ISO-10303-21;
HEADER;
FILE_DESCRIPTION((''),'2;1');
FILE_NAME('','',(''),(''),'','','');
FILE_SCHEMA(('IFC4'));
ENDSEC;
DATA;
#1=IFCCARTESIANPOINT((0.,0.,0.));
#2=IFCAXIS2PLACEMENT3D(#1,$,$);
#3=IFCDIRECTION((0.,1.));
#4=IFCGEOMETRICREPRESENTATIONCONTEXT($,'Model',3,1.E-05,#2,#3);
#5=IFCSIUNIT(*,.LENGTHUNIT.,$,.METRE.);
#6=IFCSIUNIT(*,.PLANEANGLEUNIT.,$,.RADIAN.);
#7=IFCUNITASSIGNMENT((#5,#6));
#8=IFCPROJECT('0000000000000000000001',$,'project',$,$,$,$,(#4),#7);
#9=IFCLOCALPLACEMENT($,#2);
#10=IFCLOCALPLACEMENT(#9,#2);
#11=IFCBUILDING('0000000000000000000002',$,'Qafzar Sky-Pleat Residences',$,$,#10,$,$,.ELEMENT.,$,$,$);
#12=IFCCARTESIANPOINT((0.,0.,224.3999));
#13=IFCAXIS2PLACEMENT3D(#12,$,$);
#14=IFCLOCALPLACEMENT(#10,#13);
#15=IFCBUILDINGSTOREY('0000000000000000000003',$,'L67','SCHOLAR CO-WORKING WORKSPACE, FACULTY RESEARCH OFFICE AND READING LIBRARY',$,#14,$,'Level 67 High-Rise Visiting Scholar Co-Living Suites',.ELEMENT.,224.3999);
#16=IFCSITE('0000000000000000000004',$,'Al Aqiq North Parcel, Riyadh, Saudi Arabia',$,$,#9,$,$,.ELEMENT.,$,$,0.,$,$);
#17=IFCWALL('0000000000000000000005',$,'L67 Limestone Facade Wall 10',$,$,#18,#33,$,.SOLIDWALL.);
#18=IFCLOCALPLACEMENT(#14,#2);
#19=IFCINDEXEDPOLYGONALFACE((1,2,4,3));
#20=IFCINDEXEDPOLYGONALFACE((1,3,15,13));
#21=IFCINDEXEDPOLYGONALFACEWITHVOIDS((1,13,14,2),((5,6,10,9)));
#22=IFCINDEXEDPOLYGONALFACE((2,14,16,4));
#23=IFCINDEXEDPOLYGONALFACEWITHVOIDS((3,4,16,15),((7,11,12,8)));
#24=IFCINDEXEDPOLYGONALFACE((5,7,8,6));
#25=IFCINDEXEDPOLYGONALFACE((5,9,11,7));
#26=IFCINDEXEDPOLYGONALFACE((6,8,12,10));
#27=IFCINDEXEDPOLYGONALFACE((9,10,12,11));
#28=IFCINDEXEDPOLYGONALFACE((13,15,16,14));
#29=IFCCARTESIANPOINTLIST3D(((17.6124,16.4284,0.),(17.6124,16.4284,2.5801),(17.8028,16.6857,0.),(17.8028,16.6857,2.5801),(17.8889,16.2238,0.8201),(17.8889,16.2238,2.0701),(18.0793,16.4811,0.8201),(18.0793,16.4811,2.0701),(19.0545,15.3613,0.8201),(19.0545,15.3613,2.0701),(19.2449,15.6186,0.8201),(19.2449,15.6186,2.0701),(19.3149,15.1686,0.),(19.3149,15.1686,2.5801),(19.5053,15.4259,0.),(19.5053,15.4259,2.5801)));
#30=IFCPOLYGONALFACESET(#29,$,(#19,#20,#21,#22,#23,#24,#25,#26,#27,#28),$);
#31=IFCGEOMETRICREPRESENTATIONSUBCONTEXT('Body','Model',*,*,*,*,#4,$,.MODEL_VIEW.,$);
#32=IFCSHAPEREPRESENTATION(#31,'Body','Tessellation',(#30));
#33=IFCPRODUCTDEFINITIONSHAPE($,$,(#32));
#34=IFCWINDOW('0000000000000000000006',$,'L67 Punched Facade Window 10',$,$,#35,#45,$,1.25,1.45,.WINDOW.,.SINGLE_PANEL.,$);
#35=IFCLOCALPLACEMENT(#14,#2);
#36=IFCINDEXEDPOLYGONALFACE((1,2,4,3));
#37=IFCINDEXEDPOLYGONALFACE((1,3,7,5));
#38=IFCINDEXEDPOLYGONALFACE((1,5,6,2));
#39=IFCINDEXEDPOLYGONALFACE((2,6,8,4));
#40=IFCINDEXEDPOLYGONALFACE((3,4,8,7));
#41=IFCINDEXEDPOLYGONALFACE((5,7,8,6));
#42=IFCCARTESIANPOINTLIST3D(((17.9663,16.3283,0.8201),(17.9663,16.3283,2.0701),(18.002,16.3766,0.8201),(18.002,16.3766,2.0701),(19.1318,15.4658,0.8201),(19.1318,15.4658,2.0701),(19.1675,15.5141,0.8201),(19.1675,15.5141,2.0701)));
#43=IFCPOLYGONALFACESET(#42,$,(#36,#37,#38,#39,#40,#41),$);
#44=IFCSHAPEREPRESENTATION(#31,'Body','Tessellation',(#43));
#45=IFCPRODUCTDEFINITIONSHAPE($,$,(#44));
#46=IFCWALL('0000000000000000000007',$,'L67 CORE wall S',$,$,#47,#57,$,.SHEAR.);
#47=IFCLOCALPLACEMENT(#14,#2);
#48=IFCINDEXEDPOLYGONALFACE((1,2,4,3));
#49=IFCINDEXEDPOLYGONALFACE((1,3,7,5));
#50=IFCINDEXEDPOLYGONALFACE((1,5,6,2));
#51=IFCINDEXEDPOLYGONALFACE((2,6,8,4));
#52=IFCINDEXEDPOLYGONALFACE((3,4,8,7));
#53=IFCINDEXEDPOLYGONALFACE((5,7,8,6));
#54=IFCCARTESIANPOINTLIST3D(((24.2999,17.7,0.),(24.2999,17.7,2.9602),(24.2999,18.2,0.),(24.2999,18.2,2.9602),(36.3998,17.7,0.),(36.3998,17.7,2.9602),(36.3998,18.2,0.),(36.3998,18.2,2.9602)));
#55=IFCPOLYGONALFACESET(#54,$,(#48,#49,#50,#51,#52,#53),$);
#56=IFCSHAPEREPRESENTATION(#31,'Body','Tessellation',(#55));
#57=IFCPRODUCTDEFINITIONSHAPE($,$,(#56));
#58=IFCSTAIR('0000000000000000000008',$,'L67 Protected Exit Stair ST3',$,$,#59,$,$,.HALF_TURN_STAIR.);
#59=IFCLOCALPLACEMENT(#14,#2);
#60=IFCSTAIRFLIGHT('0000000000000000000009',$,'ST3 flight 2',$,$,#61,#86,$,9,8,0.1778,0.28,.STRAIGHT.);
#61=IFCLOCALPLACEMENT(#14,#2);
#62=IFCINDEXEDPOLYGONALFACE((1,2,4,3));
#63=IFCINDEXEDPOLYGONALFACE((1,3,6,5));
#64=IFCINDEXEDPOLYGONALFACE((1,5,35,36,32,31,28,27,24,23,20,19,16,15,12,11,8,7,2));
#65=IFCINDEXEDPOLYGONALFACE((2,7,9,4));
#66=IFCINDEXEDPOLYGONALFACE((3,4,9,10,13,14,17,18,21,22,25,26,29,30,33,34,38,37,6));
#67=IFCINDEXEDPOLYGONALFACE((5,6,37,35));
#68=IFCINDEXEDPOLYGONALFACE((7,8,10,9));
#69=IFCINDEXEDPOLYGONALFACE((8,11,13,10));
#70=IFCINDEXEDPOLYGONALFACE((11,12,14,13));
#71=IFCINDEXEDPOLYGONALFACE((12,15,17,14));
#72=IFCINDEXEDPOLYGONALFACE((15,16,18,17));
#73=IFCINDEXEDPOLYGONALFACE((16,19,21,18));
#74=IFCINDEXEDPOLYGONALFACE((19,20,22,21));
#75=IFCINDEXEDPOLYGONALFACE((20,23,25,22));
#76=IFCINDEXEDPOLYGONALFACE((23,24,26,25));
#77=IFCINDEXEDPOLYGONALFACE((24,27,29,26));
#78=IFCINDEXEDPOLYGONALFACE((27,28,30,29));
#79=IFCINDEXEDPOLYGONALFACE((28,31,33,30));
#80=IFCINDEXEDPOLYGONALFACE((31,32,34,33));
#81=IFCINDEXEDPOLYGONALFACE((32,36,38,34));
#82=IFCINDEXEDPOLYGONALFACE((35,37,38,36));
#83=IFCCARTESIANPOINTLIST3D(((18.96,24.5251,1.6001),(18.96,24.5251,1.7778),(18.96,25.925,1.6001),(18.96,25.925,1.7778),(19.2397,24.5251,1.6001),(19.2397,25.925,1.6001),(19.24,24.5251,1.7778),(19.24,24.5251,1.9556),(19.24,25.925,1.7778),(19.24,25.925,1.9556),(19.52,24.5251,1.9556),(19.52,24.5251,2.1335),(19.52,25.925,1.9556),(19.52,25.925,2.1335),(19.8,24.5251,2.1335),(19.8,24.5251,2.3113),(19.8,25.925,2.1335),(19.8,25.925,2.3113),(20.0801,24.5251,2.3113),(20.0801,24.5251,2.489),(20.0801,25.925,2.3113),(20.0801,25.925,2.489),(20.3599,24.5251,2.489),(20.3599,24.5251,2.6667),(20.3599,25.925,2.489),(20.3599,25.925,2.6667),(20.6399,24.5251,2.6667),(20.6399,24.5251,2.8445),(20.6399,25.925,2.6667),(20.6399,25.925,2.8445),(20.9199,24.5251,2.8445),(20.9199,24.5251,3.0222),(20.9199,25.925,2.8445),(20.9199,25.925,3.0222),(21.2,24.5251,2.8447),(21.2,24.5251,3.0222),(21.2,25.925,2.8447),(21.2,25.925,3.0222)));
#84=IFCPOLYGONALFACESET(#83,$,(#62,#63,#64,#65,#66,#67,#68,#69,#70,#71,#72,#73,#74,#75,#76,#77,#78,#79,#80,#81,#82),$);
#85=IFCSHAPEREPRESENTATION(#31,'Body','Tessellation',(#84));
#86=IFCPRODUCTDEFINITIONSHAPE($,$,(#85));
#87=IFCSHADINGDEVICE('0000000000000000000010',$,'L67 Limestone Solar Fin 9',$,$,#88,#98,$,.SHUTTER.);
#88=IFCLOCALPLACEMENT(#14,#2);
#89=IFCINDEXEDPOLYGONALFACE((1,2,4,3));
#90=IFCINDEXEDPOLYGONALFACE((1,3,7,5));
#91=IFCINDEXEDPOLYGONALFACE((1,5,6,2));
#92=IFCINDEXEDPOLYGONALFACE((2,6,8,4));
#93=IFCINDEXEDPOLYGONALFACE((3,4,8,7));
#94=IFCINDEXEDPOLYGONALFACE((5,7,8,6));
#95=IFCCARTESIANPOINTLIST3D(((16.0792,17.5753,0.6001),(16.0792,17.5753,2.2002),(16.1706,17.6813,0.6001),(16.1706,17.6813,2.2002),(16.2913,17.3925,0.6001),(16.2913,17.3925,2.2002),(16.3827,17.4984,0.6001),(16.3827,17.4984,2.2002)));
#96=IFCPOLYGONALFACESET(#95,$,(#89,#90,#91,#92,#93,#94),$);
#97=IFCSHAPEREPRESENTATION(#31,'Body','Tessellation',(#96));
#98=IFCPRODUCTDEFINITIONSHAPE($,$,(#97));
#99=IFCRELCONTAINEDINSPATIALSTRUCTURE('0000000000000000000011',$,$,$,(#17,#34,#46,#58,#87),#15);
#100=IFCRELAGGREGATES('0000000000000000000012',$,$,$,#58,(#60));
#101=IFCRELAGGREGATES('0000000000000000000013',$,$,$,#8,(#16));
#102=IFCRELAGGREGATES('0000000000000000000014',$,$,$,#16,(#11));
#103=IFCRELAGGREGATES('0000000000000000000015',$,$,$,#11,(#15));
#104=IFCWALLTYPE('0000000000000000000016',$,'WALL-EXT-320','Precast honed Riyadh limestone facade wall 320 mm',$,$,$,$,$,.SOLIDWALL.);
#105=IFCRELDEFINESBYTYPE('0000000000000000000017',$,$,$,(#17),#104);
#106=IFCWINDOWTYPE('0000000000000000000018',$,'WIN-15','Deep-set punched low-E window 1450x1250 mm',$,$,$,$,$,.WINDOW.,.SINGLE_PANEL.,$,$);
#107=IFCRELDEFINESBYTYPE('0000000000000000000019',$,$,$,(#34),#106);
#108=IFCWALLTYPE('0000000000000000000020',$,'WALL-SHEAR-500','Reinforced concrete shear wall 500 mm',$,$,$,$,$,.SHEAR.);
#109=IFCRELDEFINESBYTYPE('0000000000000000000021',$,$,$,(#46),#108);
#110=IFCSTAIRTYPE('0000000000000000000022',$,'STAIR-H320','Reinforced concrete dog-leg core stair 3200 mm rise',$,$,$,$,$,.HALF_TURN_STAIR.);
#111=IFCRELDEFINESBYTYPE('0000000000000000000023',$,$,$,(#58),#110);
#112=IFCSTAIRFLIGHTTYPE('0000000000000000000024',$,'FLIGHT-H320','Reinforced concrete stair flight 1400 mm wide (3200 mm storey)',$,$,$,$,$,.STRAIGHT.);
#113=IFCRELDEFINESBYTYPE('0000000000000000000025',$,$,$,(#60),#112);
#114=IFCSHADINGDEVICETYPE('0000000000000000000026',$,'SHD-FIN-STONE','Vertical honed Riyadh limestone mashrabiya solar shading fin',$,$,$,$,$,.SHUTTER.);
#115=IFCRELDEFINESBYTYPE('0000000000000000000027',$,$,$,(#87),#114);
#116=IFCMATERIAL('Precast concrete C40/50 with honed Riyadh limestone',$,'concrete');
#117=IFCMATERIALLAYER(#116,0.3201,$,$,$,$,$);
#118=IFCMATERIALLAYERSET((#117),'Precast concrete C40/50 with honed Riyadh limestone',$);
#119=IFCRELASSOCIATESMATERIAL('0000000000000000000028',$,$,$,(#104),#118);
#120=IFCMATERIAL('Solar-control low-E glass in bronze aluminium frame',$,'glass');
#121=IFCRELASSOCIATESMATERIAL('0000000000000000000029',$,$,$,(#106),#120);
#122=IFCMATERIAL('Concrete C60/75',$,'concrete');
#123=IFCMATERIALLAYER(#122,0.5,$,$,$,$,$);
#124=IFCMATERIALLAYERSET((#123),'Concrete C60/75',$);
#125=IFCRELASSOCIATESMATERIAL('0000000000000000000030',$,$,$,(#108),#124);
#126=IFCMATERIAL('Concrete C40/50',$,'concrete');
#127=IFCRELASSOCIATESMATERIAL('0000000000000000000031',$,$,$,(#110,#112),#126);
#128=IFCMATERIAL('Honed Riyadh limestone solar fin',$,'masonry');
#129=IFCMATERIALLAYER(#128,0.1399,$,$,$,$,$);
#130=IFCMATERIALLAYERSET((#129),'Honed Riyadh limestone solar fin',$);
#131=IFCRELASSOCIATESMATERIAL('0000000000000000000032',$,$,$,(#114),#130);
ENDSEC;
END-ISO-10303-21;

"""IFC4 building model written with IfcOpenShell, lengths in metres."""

from ifc_helpers import new_model, si_unit, direction, frame, frame_2d, origin, origin_2d, place, context, subcontext, project, spatial, polyline, rectangle, outline, extrude, source, transform, mapped, material, layer, layer_set, type_object, element, fill, aggregate, save


model = new_model("IFC4")

# Units and contexts
model_context = context("Model", 3, precision=1e-05, world=origin(), true_north=direction((0.0, 1.0)))
body_context = subcontext(model_context, "Body", "Model", "MODEL_VIEW")
ifc_project = project(units=[si_unit("LENGTHUNIT", "METRE"), si_unit("PLANEANGLEUNIT", "RADIAN")], contexts=[model_context])

# Site, building, storey
site_placement = place(None, origin())
site = spatial("IfcSite", under=ifc_project, at=site_placement, Name="Al Aqiq North Parcel, Riyadh, Saudi Arabia", CompositionType="ELEMENT", RefElevation=0.0)
building_placement = place(site_placement, origin())
building = spatial("IfcBuilding", under=site, at=building_placement, Name="Qafzar Sky-Pleat Residences", CompositionType="ELEMENT")
storey_placement = place(building_placement, frame((0.0, 0.0, 224.3999)))
storey = spatial("IfcBuildingStorey", under=building, at=storey_placement, Name="L67", Description="SCHOLAR CO-WORKING WORKSPACE, FACULTY RESEARCH OFFICE AND READING LIBRARY", LongName="Level 67 High-Rise Visiting Scholar Co-Living Suites", CompositionType="ELEMENT", Elevation=224.3999)

# Wall, opening, window
ifc_material_1 = material(Name="Precast concrete C40/50 with honed Riyadh limestone", Category="concrete")
ifc_layer_1 = layer(ifc_material_1, 0.3201)
ifc_layer_set_1 = layer_set([ifc_layer_1], Name="Precast concrete C40/50 with honed Riyadh limestone")
wall_type_1 = type_object("IfcWallType", Name="WALL-EXT-320", Description="Precast honed Riyadh limestone facade wall 320 mm", PredefinedType="SOLIDWALL", material=ifc_layer_set_1)
ifc_material_2 = material(Name="Solar-control low-E glass in bronze aluminium frame", Category="glass")
wall_1_placement = place(storey_placement, frame((17.7075, 16.5571, 0.0), z_axis=(0.0, 0.0, 1.0), x_axis=(0.803843, -0.594842, 0.0)))
wall_1 = element("IfcWall", 1, at=wall_1_placement, inside=storey, type_object=wall_type_1, Name="L67 Limestone Facade Wall 10", PredefinedType="SOLIDWALL", context=body_context, shape_type="SweptSolid", body=[
    extrude(rectangle(XDim=2.1179, YDim=0.3201, at=frame_2d((1.0591, 0.0))), origin(), (0.0, 0.0, 1.0), 2.5801),
])
opening_1_placement = place(wall_1_placement, frame((0.344, 0.0, 0.8201)))
opening_1 = element("IfcOpeningElement", 2, at=opening_1_placement, cuts=wall_1, PredefinedType="OPENING", context=body_context, shape_type="SweptSolid", body=[
    extrude(rectangle(XDim=1.45, YDim=1.25, at=frame_2d((0.7251, 0.625))), frame((0.0, 0.1699, 0.0), z_axis=(0.0, -1.0, 0.0), x_axis=(1.0, 0.0, 0.0)), (0.0, 0.0, 1.0), 0.3401),
])
window_type_1 = type_object("IfcWindowType", Name="WIN-15", Description="Deep-set punched low-E window 1450x1250 mm", PartitioningType="SINGLE_PANEL", PredefinedType="WINDOW", material=ifc_material_2)
shared_shape_1 = source(origin(), body_context, "Body", "SweptSolid", [
    extrude(rectangle(XDim=1.45, YDim=1.25, at=frame_2d((0.7251, 0.625))), frame((0.0, 0.03, 0.0), z_axis=(0.0, -1.0, 0.0), x_axis=(1.0, 0.0, 0.0)), (0.0, 0.0, 1.0), 0.0601),
])
window_1_placement = place(opening_1_placement, origin())
window_1 = element("IfcWindow", 3, at=window_1_placement, inside=storey, type_object=window_type_1, Name="L67 Punched Facade Window 10", OverallHeight=1.25, OverallWidth=1.45, PartitioningType="SINGLE_PANEL", PredefinedType="WINDOW", context=body_context, shape_type="MappedRepresentation", body=[
    mapped(shared_shape_1, transform((0.0, 0.0, 0.0), x_axis=(1.0, 0.0, 0.0), y_axis=(0.0, 1.0, 0.0), z_axis=(0.0, 0.0, 1.0), scale=1.0)),
])
fill(opening_1, window_1)

# Shared definitions
ifc_material_3 = material(Name="Concrete C60/75", Category="concrete")

# Wall
ifc_layer_2 = layer(ifc_material_3, 0.5)
ifc_layer_set_2 = layer_set([ifc_layer_2], Name="Concrete C60/75")
wall_type_2 = type_object("IfcWallType", Name="WALL-SHEAR-500", Description="Reinforced concrete shear wall 500 mm", PredefinedType="SHEAR", material=ifc_layer_set_2)
wall_2_placement = place(storey_placement, frame((24.3, 17.95, 0.0), z_axis=(0.0, 0.0, 1.0), x_axis=(1.0, 0.0, 0.0)))
element("IfcWall", 4, at=wall_2_placement, inside=storey, type_object=wall_type_2, Name="L67 CORE wall S", PredefinedType="SHEAR", context=body_context, shape_type="SweptSolid", body=[
    extrude(rectangle(XDim=12.0999, YDim=0.5, at=frame_2d((6.0498, 0.0))), origin(), (0.0, 0.0, 1.0), 2.9602),
])

# Stair, stair flight
ifc_material_4 = material(Name="Concrete C40/50", Category="concrete")
stair_type = type_object("IfcStairType", Name="STAIR-H320", Description="Reinforced concrete dog-leg core stair 3200 mm rise", PredefinedType="HALF_TURN_STAIR", material=ifc_material_4)
stair_placement = place(storey_placement, origin())
stair = element("IfcStair", 5, at=stair_placement, inside=storey, type_object=stair_type, Name="L67 Protected Exit Stair ST3", PredefinedType="HALF_TURN_STAIR")
stair_flight_type = type_object("IfcStairFlightType", Name="FLIGHT-H320", Description="Reinforced concrete stair flight 1400 mm wide (3200 mm storey)", PredefinedType="STRAIGHT", material=ifc_material_4)
shared_shape_2 = source(origin(), body_context, "Body", "SweptSolid", [
    extrude(outline(polyline([(0.0, 0.0), (0.0, 0.1777), (0.28, 0.1777), (0.28, 0.3555), (0.5601, 0.3555), (0.5601, 0.5334), (0.8401, 0.5334), (0.8401, 0.7112), (1.1201, 0.7112), (1.1201, 0.8889), (1.3999, 0.8889), (1.3999, 1.0667), (1.6799, 1.0667), (1.6799, 1.2444), (1.96, 1.2444), (1.96, 1.4221), (2.24, 1.4221), (2.24, 1.6001), (2.24, 1.2446), (0.2798, 0.0), (0.0, 0.0)])), frame((0.0, 0.7, 0.0), z_axis=(0.0, -1.0, 0.0), x_axis=(1.0, 0.0, 0.0)), (0.0, 0.0, 1.0), 1.3999),
])
stair_flight_placement = place(storey_placement, frame((18.96, 25.2251, 1.6001), z_axis=(0.0, 0.0, 1.0), x_axis=(1.0, 0.0, 0.0)))
stair_flight = element("IfcStairFlight", 6, at=stair_flight_placement, type_object=stair_flight_type, Name="ST3 flight 2", NumberOfRisers=9, NumberOfTreads=8, PredefinedType="STRAIGHT", RiserHeight=0.1778, TreadLength=0.28, context=body_context, shape_type="MappedRepresentation", body=[
    mapped(shared_shape_2, transform((0.0, 0.0, 0.0), x_axis=(1.0, 0.0, 0.0), y_axis=(0.0, 1.0, 0.0), z_axis=(0.0, 0.0, 1.0), scale=1.0)),
])
aggregate(stair, [stair_flight])

# Shading device
ifc_material_5 = material(Name="Honed Riyadh limestone solar fin", Category="masonry")
ifc_layer_3 = layer(ifc_material_5, 0.1399)
ifc_layer_set_3 = layer_set([ifc_layer_3], Name="Honed Riyadh limestone solar fin")
shading_device_type = type_object("IfcShadingDeviceType", Name="SHD-FIN-STONE", Description="Vertical honed Riyadh limestone mashrabiya solar shading fin", PredefinedType="SHUTTER", material=ifc_layer_set_3)
shared_shape_3 = source(origin(), body_context, "Body", "SweptSolid", [
    extrude(rectangle(XDim=0.1399, YDim=0.28, at=origin_2d()), origin(), (0.0, 0.0, 1.0), 1.6001),
])
shading_device_placement = place(storey_placement, frame((16.231, 17.5369, 0.6001), z_axis=(0.0, 0.0, 1.0), x_axis=(-0.652875, -0.757465, 0.0)))
element("IfcShadingDevice", 7, at=shading_device_placement, inside=storey, type_object=shading_device_type, Name="L67 Limestone Solar Fin 9", PredefinedType="SHUTTER", context=body_context, shape_type="MappedRepresentation", body=[
    mapped(shared_shape_3, transform((0.0, 0.0, 0.0), x_axis=(1.0, 0.0, 0.0), y_axis=(0.0, 1.0, 0.0), z_axis=(0.0, 0.0, 1.0), scale=1.0)),
])

save(model, "model.ifc")
